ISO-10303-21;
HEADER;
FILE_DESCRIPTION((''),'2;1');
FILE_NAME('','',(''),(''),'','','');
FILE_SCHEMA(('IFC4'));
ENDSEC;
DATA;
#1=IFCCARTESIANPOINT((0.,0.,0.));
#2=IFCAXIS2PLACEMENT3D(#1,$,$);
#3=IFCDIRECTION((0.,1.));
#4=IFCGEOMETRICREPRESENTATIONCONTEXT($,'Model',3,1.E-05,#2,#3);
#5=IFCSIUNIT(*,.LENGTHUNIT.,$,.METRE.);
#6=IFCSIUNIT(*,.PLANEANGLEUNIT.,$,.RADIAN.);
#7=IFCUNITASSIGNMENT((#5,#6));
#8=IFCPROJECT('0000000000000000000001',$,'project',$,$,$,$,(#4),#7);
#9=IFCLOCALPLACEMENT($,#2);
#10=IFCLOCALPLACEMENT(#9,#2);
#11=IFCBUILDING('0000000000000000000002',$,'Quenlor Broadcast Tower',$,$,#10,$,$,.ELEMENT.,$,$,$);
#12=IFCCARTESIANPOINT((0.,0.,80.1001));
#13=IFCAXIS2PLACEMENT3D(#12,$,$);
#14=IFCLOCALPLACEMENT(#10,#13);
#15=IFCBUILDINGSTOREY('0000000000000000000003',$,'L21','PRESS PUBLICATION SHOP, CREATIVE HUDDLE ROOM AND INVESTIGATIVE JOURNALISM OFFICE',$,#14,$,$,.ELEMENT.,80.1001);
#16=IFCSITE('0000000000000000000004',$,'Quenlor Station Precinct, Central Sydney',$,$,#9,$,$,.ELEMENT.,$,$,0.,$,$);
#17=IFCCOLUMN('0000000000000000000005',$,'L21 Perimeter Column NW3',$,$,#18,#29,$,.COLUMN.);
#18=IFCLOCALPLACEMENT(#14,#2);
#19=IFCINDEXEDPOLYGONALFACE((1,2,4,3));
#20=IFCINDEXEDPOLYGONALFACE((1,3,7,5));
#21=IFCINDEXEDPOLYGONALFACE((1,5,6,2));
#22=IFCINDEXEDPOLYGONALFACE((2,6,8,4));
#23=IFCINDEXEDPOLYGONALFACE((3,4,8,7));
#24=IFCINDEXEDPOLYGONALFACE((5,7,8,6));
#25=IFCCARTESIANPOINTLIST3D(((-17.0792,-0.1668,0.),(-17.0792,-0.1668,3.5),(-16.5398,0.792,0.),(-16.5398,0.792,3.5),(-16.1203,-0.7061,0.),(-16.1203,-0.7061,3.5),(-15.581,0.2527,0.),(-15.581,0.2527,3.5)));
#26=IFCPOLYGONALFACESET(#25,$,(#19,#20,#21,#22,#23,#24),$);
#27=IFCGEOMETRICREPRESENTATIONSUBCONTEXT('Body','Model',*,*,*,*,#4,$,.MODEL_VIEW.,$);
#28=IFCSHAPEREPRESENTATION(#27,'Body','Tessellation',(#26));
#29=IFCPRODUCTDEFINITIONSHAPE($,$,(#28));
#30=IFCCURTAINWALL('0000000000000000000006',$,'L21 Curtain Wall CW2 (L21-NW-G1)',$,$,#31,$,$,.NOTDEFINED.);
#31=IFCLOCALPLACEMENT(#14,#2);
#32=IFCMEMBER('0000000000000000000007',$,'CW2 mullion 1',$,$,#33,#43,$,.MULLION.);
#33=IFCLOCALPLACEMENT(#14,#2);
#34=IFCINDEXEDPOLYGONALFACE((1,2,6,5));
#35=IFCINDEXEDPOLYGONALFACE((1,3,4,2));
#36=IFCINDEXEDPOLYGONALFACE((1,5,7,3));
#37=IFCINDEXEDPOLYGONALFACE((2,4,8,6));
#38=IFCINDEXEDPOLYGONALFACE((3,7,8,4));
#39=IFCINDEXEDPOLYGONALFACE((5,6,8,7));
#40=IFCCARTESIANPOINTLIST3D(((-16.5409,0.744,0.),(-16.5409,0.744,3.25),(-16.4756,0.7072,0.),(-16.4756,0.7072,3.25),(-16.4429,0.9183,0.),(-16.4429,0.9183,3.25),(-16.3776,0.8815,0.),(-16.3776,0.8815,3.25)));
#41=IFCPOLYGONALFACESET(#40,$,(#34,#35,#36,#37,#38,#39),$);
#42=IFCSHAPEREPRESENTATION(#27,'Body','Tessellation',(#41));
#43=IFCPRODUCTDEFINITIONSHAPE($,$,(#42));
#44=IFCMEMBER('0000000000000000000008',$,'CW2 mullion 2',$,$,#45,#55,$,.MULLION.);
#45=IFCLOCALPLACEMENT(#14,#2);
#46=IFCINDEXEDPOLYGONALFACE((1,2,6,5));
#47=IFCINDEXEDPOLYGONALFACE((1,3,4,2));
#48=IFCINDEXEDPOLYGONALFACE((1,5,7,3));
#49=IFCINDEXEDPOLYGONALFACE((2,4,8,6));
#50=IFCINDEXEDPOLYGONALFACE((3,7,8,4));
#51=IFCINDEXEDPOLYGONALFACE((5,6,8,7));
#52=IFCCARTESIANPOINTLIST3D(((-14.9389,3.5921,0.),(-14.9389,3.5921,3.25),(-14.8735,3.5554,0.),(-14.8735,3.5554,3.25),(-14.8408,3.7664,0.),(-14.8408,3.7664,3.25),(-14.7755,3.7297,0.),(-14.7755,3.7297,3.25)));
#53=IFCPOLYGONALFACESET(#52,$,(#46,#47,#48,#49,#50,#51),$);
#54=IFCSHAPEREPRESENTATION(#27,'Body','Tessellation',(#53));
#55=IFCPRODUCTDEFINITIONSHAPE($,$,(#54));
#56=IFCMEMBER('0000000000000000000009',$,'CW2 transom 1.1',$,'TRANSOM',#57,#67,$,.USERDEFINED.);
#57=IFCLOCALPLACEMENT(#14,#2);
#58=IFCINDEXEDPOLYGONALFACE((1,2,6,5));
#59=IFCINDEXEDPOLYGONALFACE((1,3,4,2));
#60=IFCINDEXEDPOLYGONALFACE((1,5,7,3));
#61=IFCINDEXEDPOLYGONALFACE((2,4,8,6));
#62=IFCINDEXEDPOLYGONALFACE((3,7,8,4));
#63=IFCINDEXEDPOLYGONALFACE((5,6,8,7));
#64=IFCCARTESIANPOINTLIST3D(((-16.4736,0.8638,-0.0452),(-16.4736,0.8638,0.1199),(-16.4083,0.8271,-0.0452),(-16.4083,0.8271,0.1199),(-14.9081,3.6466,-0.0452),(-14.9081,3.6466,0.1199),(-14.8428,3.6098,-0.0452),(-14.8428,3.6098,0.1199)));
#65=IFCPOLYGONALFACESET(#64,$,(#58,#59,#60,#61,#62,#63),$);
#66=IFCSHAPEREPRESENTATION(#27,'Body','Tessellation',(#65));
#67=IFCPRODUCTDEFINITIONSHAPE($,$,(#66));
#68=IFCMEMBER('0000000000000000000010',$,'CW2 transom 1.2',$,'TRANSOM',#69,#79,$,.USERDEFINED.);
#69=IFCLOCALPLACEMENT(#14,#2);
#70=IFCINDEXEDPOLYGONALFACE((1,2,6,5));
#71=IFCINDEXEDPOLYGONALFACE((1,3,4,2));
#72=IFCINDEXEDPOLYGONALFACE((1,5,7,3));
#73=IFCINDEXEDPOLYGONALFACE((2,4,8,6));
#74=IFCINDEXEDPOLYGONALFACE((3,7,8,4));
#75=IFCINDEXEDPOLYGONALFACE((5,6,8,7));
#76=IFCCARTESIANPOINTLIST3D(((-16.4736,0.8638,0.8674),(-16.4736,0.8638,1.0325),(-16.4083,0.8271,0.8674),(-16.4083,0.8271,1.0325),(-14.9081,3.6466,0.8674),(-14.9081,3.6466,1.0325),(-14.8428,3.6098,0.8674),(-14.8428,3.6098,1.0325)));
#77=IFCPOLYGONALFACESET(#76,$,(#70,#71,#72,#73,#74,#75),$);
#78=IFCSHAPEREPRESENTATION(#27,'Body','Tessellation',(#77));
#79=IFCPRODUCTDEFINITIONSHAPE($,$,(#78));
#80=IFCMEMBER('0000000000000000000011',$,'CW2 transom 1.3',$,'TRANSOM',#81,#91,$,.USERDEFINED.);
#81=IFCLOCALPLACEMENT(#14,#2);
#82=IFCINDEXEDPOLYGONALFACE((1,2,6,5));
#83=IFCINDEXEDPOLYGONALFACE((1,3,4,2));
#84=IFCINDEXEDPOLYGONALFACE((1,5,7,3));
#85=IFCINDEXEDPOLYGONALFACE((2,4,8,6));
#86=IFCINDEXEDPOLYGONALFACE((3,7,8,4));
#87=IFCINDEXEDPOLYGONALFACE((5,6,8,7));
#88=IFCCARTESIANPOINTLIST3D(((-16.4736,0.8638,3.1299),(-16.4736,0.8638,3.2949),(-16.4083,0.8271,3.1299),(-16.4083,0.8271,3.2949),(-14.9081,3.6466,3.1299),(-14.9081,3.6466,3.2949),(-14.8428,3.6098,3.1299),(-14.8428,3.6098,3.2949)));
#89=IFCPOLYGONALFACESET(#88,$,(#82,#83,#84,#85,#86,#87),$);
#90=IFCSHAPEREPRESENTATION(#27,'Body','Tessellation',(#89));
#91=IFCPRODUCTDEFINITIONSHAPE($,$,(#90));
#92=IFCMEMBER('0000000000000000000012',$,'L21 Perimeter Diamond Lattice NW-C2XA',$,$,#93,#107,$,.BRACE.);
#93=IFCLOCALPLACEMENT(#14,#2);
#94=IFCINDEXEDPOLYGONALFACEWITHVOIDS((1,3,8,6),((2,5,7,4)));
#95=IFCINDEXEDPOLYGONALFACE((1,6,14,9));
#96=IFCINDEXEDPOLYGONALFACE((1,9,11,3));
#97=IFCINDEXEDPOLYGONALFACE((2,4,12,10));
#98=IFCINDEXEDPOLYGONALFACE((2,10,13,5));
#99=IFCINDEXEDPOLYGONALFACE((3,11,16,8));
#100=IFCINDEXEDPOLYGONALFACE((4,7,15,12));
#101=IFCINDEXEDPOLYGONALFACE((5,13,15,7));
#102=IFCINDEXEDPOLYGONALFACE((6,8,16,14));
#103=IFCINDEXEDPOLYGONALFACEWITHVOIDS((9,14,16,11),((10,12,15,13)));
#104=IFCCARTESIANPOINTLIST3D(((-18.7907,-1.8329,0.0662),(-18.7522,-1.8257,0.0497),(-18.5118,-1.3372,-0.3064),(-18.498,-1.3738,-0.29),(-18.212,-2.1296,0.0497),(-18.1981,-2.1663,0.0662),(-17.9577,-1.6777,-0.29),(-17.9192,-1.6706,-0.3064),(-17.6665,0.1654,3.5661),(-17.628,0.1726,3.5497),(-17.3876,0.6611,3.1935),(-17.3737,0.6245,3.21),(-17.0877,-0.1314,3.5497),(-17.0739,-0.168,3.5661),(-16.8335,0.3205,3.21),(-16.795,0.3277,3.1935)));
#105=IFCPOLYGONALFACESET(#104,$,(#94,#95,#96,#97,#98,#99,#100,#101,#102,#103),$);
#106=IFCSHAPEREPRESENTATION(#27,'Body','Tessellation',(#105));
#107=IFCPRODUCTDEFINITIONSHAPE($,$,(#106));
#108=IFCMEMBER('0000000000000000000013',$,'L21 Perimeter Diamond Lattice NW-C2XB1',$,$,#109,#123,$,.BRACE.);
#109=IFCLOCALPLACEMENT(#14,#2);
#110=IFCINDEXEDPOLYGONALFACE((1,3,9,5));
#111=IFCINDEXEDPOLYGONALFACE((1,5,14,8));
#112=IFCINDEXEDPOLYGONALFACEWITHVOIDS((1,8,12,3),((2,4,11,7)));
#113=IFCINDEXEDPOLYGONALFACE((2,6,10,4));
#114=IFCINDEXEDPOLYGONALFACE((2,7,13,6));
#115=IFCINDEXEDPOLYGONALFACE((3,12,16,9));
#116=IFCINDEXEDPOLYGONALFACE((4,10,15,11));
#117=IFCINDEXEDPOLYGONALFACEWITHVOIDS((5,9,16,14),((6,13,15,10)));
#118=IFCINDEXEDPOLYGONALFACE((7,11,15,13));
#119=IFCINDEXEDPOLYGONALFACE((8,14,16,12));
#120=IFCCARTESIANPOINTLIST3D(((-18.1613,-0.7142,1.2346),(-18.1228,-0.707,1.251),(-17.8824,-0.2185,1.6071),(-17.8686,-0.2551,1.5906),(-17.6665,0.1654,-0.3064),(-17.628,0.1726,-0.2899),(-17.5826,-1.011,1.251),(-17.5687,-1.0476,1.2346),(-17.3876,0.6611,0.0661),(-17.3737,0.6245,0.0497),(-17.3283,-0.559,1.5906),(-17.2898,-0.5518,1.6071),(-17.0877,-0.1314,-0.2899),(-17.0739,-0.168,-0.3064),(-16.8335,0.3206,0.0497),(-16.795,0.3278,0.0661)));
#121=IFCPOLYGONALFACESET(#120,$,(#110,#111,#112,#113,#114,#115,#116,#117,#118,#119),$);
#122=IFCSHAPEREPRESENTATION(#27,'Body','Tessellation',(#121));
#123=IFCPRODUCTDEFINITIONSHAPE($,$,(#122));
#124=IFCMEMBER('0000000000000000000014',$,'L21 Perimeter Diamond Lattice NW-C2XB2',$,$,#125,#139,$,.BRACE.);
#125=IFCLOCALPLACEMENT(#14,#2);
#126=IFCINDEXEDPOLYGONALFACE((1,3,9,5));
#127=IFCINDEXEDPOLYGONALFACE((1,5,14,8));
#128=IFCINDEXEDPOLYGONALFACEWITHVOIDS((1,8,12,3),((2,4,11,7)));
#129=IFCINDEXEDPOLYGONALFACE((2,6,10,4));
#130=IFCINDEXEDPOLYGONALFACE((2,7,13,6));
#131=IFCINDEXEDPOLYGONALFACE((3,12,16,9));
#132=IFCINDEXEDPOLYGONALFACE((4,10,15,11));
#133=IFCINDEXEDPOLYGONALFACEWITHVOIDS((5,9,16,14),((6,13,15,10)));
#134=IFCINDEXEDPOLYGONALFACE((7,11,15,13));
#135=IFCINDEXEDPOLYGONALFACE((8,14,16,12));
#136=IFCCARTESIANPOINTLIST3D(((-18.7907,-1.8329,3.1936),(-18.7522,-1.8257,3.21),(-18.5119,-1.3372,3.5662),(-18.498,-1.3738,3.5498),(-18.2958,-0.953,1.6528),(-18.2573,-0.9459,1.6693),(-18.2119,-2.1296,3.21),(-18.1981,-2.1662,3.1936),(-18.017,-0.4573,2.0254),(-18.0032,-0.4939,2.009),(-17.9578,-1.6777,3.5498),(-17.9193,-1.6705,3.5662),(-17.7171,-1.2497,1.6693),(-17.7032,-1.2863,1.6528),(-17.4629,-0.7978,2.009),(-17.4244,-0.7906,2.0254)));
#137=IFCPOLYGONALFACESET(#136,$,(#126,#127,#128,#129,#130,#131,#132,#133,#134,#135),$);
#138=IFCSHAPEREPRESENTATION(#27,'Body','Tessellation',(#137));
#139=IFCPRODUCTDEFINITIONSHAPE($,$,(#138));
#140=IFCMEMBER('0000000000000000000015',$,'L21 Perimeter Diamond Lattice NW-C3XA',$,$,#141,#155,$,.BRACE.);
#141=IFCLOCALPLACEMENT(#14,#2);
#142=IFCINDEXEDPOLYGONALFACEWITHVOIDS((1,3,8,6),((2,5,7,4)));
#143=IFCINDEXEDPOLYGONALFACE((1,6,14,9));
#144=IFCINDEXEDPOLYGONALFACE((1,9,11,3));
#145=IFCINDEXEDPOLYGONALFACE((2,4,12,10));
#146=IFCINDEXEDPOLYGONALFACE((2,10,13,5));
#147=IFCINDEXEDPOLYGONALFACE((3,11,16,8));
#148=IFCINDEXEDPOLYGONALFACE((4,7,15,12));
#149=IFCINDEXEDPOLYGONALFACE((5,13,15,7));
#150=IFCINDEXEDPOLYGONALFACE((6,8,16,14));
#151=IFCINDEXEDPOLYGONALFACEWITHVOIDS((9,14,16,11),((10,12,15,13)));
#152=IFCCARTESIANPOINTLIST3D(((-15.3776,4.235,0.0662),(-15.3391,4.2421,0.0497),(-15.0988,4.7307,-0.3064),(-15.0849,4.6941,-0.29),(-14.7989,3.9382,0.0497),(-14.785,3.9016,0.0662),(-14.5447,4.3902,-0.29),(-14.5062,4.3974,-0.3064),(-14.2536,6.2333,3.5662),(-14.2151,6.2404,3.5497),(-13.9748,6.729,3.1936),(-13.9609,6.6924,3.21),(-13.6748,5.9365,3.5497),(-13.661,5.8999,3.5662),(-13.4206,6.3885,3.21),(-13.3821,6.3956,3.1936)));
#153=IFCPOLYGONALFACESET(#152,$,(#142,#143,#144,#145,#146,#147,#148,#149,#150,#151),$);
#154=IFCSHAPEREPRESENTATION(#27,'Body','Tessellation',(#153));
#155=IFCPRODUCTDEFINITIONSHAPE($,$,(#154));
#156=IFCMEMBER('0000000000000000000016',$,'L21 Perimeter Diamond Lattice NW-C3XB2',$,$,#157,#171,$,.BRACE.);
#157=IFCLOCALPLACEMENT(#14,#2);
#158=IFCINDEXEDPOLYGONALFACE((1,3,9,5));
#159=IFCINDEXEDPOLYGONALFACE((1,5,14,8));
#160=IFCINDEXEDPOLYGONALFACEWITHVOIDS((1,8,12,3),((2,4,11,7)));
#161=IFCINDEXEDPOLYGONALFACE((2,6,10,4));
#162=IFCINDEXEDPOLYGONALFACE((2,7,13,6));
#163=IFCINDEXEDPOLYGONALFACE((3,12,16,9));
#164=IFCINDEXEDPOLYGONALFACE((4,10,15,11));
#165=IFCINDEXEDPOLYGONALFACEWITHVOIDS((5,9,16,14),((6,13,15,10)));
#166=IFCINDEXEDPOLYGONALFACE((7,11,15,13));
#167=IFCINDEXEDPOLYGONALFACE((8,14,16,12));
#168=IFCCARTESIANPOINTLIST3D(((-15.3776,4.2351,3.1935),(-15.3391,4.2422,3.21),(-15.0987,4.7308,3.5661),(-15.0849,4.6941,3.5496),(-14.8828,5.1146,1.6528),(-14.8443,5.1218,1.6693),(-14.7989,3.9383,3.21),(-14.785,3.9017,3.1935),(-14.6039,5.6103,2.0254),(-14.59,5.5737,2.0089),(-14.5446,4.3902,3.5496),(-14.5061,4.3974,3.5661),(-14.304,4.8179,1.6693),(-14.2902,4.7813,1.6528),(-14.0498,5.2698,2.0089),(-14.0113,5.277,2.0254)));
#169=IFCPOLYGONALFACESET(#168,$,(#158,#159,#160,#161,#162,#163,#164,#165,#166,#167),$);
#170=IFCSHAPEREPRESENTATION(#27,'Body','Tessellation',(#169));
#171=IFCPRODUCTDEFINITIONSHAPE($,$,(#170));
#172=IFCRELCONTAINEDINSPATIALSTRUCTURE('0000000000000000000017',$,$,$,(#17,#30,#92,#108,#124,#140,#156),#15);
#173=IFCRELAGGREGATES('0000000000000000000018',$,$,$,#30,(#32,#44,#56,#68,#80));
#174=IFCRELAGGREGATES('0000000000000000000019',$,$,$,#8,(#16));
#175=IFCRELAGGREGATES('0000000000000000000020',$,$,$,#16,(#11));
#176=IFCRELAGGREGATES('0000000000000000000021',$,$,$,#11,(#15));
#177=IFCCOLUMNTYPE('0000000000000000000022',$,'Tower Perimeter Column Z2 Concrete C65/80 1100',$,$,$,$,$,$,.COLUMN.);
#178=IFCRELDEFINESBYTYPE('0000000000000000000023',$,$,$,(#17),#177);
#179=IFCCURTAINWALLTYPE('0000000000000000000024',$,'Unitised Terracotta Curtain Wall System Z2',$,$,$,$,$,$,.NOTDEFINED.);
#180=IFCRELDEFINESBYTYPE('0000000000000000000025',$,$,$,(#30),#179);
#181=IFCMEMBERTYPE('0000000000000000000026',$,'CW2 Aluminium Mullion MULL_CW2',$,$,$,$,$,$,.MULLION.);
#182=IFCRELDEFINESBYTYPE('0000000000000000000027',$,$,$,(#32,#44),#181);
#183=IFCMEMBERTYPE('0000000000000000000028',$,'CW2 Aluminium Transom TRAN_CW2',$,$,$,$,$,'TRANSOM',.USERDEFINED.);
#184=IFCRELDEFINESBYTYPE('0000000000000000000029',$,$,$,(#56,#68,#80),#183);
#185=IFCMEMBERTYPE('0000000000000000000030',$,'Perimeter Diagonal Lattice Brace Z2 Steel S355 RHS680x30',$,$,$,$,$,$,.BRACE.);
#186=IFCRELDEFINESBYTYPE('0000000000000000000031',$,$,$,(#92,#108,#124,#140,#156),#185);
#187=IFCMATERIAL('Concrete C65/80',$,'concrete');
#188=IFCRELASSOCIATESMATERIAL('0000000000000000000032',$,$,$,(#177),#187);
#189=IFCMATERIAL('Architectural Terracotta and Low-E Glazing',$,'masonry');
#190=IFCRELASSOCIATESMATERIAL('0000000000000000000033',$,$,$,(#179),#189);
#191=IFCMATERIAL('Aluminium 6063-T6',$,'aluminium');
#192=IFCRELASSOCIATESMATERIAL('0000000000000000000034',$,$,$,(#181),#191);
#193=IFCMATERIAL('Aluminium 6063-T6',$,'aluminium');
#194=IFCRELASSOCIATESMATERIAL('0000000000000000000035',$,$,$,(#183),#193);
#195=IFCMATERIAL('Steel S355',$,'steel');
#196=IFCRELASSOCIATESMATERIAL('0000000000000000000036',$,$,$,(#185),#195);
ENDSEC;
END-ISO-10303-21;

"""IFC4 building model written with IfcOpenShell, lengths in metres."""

from ifc_helpers import new_model, si_unit, direction, frame, origin, origin_2d, place, context, subcontext, project, spatial, rectangle, hollow_rectangle, extrude, material, material_profile, profile_set, type_object, element, aggregate, save


model = new_model("IFC4")

# Units and contexts
model_context = context("Model", 3, precision=1e-05, world=origin(), true_north=direction((0.0, 1.0)))
body_context = subcontext(model_context, "Body", "Model", "MODEL_VIEW")
ifc_project = project(units=[si_unit("LENGTHUNIT", "METRE"), si_unit("PLANEANGLEUNIT", "RADIAN")], contexts=[model_context])

# Site, building, storey
site_placement = place(None, origin())
site = spatial("IfcSite", under=ifc_project, at=site_placement, Name="Quenlor Station Precinct, Central Sydney", CompositionType="ELEMENT", RefElevation=0.0)
building_placement = place(site_placement, origin())
building = spatial("IfcBuilding", under=site, at=building_placement, Name="Quenlor Broadcast Tower", CompositionType="ELEMENT")
storey_placement = place(building_placement, frame((0.0, 0.0, 80.1001)))
storey = spatial("IfcBuildingStorey", under=building, at=storey_placement, Name="L21", Description="PRESS PUBLICATION SHOP, CREATIVE HUDDLE ROOM AND INVESTIGATIVE JOURNALISM OFFICE", CompositionType="ELEMENT", Elevation=80.1001)

# Column
ifc_material_1 = material(Name="Concrete C65/80", Category="concrete")
ifc_material_profile_1 = material_profile(ifc_material_1, rectangle(XDim=1.1001, YDim=1.1001, at=origin_2d()))
ifc_profile_set_1 = profile_set([ifc_material_profile_1], Name="Concrete C65/80 RC1100x1100")
column_type = type_object("IfcColumnType", Name="Tower Perimeter Column Z2 Concrete C65/80 1100", PredefinedType="COLUMN", material=ifc_profile_set_1)
column_placement = place(storey_placement, frame((-16.3301, 0.043, 0.0), z_axis=(0.0, 0.0, 1.0), x_axis=(-0.871575, 0.490262, 0.0)))
element("IfcColumn", 1, at=column_placement, inside=storey, type_object=column_type, Name="L21 Perimeter Column NW3", PredefinedType="COLUMN", context=body_context, shape_type="SweptSolid", body=[
    extrude(rectangle(XDim=1.1001, YDim=1.1001, at=origin_2d()), origin(), (0.0, 0.0, 1.0), 3.5),
])

# Curtain wall, members
ifc_material_2 = material(Name="Architectural Terracotta and Low-E Glazing", Category="masonry")
curtain_wall_type = type_object("IfcCurtainWallType", Name="Unitised Terracotta Curtain Wall System Z2", PredefinedType="NOTDEFINED", material=ifc_material_2)
curtain_wall_placement = place(storey_placement, origin())
curtain_wall = element("IfcCurtainWall", 2, at=curtain_wall_placement, inside=storey, type_object=curtain_wall_type, Name="L21 Curtain Wall CW2 (L21-NW-G1)", PredefinedType="NOTDEFINED")
ifc_material_3 = material(Name="Aluminium 6063-T6", Category="aluminium")
ifc_material_profile_2 = material_profile(ifc_material_3, rectangle(XDim=0.075, YDim=0.2, at=origin_2d()))
ifc_profile_set_2 = profile_set([ifc_material_profile_2], Name="Aluminium 6063-T6 MULL75x200")
member_type_1 = type_object("IfcMemberType", Name="CW2 Aluminium Mullion MULL_CW2", PredefinedType="MULLION", material=ifc_profile_set_2)
member_1_placement = place(storey_placement, frame((-16.4592, 0.8127, 0.0), z_axis=(0.0, 0.0, 1.0), x_axis=(-0.871576, 0.490261, 0.0)))
member_1 = element("IfcMember", 3, at=member_1_placement, type_object=member_type_1, Name="CW2 mullion 1", PredefinedType="MULLION", context=body_context, shape_type="SweptSolid", body=[
    extrude(rectangle(XDim=0.075, YDim=0.2, at=origin_2d()), origin(), (0.0, 0.0, 1.0), 3.25),
])
member_2_placement = place(storey_placement, frame((-14.8572, 3.6609, 0.0), z_axis=(0.0, 0.0, 1.0), x_axis=(-0.871576, 0.490261, 0.0)))
member_2 = element("IfcMember", 4, at=member_2_placement, type_object=member_type_1, Name="CW2 mullion 2", PredefinedType="MULLION", context=body_context, shape_type="SweptSolid", body=[
    extrude(rectangle(XDim=0.075, YDim=0.2, at=origin_2d()), origin(), (0.0, 0.0, 1.0), 3.25),
])
ifc_material_4 = material(Name="Aluminium 6063-T6", Category="aluminium")
ifc_material_profile_3 = material_profile(ifc_material_4, rectangle(XDim=0.075, YDim=0.165, at=origin_2d()))
ifc_profile_set_3 = profile_set([ifc_material_profile_3], Name="Aluminium 6063-T6 TRAN75x165")
member_type_2 = type_object("IfcMemberType", Name="CW2 Aluminium Transom TRAN_CW2", ElementType="TRANSOM", PredefinedType="USERDEFINED", material=ifc_profile_set_3)
member_3_placement = place(storey_placement, frame((-16.4409, 0.8455, 0.0374), z_axis=(0.490298, 0.871555, 0.0), x_axis=(-0.871555, 0.490298, 0.0)))
member_3 = element("IfcMember", 5, at=member_3_placement, type_object=member_type_2, Name="CW2 transom 1.1", ObjectType="TRANSOM", PredefinedType="USERDEFINED", context=body_context, shape_type="SweptSolid", body=[
    extrude(rectangle(XDim=0.075, YDim=0.165, at=origin_2d()), origin(), (0.0, 0.0, 1.0), 3.1929),
])
member_4_placement = place(storey_placement, frame((-16.4409, 0.8455, 0.95), z_axis=(0.490298, 0.871555, 0.0), x_axis=(-0.871555, 0.490298, 0.0)))
member_4 = element("IfcMember", 6, at=member_4_placement, type_object=member_type_2, Name="CW2 transom 1.2", ObjectType="TRANSOM", PredefinedType="USERDEFINED", context=body_context, shape_type="SweptSolid", body=[
    extrude(rectangle(XDim=0.075, YDim=0.165, at=origin_2d()), origin(), (0.0, 0.0, 1.0), 3.1929),
])
member_5_placement = place(storey_placement, frame((-16.4409, 0.8455, 3.2124), z_axis=(0.490298, 0.871555, 0.0), x_axis=(-0.871555, 0.490298, 0.0)))
member_5 = element("IfcMember", 7, at=member_5_placement, type_object=member_type_2, Name="CW2 transom 1.3", ObjectType="TRANSOM", PredefinedType="USERDEFINED", context=body_context, shape_type="SweptSolid", body=[
    extrude(rectangle(XDim=0.075, YDim=0.165, at=origin_2d()), origin(), (0.0, 0.0, 1.0), 3.1929),
])

# Members
ifc_material_5 = material(Name="Steel S355", Category="steel")
ifc_material_profile_4 = material_profile(ifc_material_5, hollow_rectangle(XDim=0.6799, YDim=0.6799, WallThickness=0.03, at=origin_2d()))
ifc_profile_set_4 = profile_set([ifc_material_profile_4], Name="Steel S355 RHS680x680x30")
member_type_3 = type_object("IfcMemberType", Name="Perimeter Diagonal Lattice Brace Z2 Steel S355 RHS680x30", PredefinedType="BRACE", material=ifc_profile_set_4)
member_6_placement = place(storey_placement, frame((-18.355, -1.7517, -0.1201), z_axis=(0.268697, 0.477585, 0.836489), x_axis=(-0.871533, 0.490337, 0.0)))
element("IfcMember", 8, at=member_6_placement, inside=storey, type_object=member_type_3, Name="L21 Perimeter Diamond Lattice NW-C2XA", PredefinedType="BRACE", context=body_context, shape_type="SweptSolid", body=[
    extrude(hollow_rectangle(XDim=0.6799, YDim=0.6799, WallThickness=0.03, at=origin_2d()), origin(), (0.0, 0.0, 1.0), 4.1841),
])
for number, where, z_axis, x_axis, name in (
    (9, (-17.2307, 0.2466, -0.1201), (-0.268644, -0.477515, 0.836546), (0.871543, -0.490319, 0.0), "L21 Perimeter Diamond Lattice NW-C2XB1"),
    (10, (-17.8601, -0.8718, 1.8391), (-0.268657, -0.477671, 0.836454), (0.871601, -0.490215, 0.0), "L21 Perimeter Diamond Lattice NW-C2XB2"),
):
    element("IfcMember", number, at=place(storey_placement, frame(where, z_axis=z_axis, x_axis=x_axis)), inside=storey, type_object=member_type_3, Name=name, PredefinedType="BRACE", context=body_context, shape_type="SweptSolid", body=[
        extrude(hollow_rectangle(XDim=0.6799, YDim=0.6799, WallThickness=0.03, at=origin_2d()), origin(), (0.0, 0.0, 1.0), 1.842),
    ])
member_7_placement = place(storey_placement, frame((-14.9419, 4.3162, -0.1201), z_axis=(0.268642, 0.477593, 0.836502), x_axis=(-0.871578, 0.490256, 0.0)))
element("IfcMember", 11, at=member_7_placement, inside=storey, type_object=member_type_3, Name="L21 Perimeter Diamond Lattice NW-C3XA", PredefinedType="BRACE", context=body_context, shape_type="SweptSolid", body=[
    extrude(hollow_rectangle(XDim=0.6799, YDim=0.6799, WallThickness=0.03, at=origin_2d()), origin(), (0.0, 0.0, 1.0), 4.1841),
])
member_8_placement = place(storey_placement, frame((-14.447, 5.1958, 1.8391), z_axis=(-0.268674, -0.477568, 0.836507), x_axis=(0.871543, -0.490319, 0.0)))
element("IfcMember", 12, at=member_8_placement, inside=storey, type_object=member_type_3, Name="L21 Perimeter Diamond Lattice NW-C3XB2", PredefinedType="BRACE", context=body_context, shape_type="SweptSolid", body=[
    extrude(hollow_rectangle(XDim=0.6799, YDim=0.6799, WallThickness=0.03, at=origin_2d()), origin(), (0.0, 0.0, 1.0), 1.8418),
])

aggregate(curtain_wall, [member_1, member_2, member_3, member_4, member_5])

save(model, "model.ifc")
